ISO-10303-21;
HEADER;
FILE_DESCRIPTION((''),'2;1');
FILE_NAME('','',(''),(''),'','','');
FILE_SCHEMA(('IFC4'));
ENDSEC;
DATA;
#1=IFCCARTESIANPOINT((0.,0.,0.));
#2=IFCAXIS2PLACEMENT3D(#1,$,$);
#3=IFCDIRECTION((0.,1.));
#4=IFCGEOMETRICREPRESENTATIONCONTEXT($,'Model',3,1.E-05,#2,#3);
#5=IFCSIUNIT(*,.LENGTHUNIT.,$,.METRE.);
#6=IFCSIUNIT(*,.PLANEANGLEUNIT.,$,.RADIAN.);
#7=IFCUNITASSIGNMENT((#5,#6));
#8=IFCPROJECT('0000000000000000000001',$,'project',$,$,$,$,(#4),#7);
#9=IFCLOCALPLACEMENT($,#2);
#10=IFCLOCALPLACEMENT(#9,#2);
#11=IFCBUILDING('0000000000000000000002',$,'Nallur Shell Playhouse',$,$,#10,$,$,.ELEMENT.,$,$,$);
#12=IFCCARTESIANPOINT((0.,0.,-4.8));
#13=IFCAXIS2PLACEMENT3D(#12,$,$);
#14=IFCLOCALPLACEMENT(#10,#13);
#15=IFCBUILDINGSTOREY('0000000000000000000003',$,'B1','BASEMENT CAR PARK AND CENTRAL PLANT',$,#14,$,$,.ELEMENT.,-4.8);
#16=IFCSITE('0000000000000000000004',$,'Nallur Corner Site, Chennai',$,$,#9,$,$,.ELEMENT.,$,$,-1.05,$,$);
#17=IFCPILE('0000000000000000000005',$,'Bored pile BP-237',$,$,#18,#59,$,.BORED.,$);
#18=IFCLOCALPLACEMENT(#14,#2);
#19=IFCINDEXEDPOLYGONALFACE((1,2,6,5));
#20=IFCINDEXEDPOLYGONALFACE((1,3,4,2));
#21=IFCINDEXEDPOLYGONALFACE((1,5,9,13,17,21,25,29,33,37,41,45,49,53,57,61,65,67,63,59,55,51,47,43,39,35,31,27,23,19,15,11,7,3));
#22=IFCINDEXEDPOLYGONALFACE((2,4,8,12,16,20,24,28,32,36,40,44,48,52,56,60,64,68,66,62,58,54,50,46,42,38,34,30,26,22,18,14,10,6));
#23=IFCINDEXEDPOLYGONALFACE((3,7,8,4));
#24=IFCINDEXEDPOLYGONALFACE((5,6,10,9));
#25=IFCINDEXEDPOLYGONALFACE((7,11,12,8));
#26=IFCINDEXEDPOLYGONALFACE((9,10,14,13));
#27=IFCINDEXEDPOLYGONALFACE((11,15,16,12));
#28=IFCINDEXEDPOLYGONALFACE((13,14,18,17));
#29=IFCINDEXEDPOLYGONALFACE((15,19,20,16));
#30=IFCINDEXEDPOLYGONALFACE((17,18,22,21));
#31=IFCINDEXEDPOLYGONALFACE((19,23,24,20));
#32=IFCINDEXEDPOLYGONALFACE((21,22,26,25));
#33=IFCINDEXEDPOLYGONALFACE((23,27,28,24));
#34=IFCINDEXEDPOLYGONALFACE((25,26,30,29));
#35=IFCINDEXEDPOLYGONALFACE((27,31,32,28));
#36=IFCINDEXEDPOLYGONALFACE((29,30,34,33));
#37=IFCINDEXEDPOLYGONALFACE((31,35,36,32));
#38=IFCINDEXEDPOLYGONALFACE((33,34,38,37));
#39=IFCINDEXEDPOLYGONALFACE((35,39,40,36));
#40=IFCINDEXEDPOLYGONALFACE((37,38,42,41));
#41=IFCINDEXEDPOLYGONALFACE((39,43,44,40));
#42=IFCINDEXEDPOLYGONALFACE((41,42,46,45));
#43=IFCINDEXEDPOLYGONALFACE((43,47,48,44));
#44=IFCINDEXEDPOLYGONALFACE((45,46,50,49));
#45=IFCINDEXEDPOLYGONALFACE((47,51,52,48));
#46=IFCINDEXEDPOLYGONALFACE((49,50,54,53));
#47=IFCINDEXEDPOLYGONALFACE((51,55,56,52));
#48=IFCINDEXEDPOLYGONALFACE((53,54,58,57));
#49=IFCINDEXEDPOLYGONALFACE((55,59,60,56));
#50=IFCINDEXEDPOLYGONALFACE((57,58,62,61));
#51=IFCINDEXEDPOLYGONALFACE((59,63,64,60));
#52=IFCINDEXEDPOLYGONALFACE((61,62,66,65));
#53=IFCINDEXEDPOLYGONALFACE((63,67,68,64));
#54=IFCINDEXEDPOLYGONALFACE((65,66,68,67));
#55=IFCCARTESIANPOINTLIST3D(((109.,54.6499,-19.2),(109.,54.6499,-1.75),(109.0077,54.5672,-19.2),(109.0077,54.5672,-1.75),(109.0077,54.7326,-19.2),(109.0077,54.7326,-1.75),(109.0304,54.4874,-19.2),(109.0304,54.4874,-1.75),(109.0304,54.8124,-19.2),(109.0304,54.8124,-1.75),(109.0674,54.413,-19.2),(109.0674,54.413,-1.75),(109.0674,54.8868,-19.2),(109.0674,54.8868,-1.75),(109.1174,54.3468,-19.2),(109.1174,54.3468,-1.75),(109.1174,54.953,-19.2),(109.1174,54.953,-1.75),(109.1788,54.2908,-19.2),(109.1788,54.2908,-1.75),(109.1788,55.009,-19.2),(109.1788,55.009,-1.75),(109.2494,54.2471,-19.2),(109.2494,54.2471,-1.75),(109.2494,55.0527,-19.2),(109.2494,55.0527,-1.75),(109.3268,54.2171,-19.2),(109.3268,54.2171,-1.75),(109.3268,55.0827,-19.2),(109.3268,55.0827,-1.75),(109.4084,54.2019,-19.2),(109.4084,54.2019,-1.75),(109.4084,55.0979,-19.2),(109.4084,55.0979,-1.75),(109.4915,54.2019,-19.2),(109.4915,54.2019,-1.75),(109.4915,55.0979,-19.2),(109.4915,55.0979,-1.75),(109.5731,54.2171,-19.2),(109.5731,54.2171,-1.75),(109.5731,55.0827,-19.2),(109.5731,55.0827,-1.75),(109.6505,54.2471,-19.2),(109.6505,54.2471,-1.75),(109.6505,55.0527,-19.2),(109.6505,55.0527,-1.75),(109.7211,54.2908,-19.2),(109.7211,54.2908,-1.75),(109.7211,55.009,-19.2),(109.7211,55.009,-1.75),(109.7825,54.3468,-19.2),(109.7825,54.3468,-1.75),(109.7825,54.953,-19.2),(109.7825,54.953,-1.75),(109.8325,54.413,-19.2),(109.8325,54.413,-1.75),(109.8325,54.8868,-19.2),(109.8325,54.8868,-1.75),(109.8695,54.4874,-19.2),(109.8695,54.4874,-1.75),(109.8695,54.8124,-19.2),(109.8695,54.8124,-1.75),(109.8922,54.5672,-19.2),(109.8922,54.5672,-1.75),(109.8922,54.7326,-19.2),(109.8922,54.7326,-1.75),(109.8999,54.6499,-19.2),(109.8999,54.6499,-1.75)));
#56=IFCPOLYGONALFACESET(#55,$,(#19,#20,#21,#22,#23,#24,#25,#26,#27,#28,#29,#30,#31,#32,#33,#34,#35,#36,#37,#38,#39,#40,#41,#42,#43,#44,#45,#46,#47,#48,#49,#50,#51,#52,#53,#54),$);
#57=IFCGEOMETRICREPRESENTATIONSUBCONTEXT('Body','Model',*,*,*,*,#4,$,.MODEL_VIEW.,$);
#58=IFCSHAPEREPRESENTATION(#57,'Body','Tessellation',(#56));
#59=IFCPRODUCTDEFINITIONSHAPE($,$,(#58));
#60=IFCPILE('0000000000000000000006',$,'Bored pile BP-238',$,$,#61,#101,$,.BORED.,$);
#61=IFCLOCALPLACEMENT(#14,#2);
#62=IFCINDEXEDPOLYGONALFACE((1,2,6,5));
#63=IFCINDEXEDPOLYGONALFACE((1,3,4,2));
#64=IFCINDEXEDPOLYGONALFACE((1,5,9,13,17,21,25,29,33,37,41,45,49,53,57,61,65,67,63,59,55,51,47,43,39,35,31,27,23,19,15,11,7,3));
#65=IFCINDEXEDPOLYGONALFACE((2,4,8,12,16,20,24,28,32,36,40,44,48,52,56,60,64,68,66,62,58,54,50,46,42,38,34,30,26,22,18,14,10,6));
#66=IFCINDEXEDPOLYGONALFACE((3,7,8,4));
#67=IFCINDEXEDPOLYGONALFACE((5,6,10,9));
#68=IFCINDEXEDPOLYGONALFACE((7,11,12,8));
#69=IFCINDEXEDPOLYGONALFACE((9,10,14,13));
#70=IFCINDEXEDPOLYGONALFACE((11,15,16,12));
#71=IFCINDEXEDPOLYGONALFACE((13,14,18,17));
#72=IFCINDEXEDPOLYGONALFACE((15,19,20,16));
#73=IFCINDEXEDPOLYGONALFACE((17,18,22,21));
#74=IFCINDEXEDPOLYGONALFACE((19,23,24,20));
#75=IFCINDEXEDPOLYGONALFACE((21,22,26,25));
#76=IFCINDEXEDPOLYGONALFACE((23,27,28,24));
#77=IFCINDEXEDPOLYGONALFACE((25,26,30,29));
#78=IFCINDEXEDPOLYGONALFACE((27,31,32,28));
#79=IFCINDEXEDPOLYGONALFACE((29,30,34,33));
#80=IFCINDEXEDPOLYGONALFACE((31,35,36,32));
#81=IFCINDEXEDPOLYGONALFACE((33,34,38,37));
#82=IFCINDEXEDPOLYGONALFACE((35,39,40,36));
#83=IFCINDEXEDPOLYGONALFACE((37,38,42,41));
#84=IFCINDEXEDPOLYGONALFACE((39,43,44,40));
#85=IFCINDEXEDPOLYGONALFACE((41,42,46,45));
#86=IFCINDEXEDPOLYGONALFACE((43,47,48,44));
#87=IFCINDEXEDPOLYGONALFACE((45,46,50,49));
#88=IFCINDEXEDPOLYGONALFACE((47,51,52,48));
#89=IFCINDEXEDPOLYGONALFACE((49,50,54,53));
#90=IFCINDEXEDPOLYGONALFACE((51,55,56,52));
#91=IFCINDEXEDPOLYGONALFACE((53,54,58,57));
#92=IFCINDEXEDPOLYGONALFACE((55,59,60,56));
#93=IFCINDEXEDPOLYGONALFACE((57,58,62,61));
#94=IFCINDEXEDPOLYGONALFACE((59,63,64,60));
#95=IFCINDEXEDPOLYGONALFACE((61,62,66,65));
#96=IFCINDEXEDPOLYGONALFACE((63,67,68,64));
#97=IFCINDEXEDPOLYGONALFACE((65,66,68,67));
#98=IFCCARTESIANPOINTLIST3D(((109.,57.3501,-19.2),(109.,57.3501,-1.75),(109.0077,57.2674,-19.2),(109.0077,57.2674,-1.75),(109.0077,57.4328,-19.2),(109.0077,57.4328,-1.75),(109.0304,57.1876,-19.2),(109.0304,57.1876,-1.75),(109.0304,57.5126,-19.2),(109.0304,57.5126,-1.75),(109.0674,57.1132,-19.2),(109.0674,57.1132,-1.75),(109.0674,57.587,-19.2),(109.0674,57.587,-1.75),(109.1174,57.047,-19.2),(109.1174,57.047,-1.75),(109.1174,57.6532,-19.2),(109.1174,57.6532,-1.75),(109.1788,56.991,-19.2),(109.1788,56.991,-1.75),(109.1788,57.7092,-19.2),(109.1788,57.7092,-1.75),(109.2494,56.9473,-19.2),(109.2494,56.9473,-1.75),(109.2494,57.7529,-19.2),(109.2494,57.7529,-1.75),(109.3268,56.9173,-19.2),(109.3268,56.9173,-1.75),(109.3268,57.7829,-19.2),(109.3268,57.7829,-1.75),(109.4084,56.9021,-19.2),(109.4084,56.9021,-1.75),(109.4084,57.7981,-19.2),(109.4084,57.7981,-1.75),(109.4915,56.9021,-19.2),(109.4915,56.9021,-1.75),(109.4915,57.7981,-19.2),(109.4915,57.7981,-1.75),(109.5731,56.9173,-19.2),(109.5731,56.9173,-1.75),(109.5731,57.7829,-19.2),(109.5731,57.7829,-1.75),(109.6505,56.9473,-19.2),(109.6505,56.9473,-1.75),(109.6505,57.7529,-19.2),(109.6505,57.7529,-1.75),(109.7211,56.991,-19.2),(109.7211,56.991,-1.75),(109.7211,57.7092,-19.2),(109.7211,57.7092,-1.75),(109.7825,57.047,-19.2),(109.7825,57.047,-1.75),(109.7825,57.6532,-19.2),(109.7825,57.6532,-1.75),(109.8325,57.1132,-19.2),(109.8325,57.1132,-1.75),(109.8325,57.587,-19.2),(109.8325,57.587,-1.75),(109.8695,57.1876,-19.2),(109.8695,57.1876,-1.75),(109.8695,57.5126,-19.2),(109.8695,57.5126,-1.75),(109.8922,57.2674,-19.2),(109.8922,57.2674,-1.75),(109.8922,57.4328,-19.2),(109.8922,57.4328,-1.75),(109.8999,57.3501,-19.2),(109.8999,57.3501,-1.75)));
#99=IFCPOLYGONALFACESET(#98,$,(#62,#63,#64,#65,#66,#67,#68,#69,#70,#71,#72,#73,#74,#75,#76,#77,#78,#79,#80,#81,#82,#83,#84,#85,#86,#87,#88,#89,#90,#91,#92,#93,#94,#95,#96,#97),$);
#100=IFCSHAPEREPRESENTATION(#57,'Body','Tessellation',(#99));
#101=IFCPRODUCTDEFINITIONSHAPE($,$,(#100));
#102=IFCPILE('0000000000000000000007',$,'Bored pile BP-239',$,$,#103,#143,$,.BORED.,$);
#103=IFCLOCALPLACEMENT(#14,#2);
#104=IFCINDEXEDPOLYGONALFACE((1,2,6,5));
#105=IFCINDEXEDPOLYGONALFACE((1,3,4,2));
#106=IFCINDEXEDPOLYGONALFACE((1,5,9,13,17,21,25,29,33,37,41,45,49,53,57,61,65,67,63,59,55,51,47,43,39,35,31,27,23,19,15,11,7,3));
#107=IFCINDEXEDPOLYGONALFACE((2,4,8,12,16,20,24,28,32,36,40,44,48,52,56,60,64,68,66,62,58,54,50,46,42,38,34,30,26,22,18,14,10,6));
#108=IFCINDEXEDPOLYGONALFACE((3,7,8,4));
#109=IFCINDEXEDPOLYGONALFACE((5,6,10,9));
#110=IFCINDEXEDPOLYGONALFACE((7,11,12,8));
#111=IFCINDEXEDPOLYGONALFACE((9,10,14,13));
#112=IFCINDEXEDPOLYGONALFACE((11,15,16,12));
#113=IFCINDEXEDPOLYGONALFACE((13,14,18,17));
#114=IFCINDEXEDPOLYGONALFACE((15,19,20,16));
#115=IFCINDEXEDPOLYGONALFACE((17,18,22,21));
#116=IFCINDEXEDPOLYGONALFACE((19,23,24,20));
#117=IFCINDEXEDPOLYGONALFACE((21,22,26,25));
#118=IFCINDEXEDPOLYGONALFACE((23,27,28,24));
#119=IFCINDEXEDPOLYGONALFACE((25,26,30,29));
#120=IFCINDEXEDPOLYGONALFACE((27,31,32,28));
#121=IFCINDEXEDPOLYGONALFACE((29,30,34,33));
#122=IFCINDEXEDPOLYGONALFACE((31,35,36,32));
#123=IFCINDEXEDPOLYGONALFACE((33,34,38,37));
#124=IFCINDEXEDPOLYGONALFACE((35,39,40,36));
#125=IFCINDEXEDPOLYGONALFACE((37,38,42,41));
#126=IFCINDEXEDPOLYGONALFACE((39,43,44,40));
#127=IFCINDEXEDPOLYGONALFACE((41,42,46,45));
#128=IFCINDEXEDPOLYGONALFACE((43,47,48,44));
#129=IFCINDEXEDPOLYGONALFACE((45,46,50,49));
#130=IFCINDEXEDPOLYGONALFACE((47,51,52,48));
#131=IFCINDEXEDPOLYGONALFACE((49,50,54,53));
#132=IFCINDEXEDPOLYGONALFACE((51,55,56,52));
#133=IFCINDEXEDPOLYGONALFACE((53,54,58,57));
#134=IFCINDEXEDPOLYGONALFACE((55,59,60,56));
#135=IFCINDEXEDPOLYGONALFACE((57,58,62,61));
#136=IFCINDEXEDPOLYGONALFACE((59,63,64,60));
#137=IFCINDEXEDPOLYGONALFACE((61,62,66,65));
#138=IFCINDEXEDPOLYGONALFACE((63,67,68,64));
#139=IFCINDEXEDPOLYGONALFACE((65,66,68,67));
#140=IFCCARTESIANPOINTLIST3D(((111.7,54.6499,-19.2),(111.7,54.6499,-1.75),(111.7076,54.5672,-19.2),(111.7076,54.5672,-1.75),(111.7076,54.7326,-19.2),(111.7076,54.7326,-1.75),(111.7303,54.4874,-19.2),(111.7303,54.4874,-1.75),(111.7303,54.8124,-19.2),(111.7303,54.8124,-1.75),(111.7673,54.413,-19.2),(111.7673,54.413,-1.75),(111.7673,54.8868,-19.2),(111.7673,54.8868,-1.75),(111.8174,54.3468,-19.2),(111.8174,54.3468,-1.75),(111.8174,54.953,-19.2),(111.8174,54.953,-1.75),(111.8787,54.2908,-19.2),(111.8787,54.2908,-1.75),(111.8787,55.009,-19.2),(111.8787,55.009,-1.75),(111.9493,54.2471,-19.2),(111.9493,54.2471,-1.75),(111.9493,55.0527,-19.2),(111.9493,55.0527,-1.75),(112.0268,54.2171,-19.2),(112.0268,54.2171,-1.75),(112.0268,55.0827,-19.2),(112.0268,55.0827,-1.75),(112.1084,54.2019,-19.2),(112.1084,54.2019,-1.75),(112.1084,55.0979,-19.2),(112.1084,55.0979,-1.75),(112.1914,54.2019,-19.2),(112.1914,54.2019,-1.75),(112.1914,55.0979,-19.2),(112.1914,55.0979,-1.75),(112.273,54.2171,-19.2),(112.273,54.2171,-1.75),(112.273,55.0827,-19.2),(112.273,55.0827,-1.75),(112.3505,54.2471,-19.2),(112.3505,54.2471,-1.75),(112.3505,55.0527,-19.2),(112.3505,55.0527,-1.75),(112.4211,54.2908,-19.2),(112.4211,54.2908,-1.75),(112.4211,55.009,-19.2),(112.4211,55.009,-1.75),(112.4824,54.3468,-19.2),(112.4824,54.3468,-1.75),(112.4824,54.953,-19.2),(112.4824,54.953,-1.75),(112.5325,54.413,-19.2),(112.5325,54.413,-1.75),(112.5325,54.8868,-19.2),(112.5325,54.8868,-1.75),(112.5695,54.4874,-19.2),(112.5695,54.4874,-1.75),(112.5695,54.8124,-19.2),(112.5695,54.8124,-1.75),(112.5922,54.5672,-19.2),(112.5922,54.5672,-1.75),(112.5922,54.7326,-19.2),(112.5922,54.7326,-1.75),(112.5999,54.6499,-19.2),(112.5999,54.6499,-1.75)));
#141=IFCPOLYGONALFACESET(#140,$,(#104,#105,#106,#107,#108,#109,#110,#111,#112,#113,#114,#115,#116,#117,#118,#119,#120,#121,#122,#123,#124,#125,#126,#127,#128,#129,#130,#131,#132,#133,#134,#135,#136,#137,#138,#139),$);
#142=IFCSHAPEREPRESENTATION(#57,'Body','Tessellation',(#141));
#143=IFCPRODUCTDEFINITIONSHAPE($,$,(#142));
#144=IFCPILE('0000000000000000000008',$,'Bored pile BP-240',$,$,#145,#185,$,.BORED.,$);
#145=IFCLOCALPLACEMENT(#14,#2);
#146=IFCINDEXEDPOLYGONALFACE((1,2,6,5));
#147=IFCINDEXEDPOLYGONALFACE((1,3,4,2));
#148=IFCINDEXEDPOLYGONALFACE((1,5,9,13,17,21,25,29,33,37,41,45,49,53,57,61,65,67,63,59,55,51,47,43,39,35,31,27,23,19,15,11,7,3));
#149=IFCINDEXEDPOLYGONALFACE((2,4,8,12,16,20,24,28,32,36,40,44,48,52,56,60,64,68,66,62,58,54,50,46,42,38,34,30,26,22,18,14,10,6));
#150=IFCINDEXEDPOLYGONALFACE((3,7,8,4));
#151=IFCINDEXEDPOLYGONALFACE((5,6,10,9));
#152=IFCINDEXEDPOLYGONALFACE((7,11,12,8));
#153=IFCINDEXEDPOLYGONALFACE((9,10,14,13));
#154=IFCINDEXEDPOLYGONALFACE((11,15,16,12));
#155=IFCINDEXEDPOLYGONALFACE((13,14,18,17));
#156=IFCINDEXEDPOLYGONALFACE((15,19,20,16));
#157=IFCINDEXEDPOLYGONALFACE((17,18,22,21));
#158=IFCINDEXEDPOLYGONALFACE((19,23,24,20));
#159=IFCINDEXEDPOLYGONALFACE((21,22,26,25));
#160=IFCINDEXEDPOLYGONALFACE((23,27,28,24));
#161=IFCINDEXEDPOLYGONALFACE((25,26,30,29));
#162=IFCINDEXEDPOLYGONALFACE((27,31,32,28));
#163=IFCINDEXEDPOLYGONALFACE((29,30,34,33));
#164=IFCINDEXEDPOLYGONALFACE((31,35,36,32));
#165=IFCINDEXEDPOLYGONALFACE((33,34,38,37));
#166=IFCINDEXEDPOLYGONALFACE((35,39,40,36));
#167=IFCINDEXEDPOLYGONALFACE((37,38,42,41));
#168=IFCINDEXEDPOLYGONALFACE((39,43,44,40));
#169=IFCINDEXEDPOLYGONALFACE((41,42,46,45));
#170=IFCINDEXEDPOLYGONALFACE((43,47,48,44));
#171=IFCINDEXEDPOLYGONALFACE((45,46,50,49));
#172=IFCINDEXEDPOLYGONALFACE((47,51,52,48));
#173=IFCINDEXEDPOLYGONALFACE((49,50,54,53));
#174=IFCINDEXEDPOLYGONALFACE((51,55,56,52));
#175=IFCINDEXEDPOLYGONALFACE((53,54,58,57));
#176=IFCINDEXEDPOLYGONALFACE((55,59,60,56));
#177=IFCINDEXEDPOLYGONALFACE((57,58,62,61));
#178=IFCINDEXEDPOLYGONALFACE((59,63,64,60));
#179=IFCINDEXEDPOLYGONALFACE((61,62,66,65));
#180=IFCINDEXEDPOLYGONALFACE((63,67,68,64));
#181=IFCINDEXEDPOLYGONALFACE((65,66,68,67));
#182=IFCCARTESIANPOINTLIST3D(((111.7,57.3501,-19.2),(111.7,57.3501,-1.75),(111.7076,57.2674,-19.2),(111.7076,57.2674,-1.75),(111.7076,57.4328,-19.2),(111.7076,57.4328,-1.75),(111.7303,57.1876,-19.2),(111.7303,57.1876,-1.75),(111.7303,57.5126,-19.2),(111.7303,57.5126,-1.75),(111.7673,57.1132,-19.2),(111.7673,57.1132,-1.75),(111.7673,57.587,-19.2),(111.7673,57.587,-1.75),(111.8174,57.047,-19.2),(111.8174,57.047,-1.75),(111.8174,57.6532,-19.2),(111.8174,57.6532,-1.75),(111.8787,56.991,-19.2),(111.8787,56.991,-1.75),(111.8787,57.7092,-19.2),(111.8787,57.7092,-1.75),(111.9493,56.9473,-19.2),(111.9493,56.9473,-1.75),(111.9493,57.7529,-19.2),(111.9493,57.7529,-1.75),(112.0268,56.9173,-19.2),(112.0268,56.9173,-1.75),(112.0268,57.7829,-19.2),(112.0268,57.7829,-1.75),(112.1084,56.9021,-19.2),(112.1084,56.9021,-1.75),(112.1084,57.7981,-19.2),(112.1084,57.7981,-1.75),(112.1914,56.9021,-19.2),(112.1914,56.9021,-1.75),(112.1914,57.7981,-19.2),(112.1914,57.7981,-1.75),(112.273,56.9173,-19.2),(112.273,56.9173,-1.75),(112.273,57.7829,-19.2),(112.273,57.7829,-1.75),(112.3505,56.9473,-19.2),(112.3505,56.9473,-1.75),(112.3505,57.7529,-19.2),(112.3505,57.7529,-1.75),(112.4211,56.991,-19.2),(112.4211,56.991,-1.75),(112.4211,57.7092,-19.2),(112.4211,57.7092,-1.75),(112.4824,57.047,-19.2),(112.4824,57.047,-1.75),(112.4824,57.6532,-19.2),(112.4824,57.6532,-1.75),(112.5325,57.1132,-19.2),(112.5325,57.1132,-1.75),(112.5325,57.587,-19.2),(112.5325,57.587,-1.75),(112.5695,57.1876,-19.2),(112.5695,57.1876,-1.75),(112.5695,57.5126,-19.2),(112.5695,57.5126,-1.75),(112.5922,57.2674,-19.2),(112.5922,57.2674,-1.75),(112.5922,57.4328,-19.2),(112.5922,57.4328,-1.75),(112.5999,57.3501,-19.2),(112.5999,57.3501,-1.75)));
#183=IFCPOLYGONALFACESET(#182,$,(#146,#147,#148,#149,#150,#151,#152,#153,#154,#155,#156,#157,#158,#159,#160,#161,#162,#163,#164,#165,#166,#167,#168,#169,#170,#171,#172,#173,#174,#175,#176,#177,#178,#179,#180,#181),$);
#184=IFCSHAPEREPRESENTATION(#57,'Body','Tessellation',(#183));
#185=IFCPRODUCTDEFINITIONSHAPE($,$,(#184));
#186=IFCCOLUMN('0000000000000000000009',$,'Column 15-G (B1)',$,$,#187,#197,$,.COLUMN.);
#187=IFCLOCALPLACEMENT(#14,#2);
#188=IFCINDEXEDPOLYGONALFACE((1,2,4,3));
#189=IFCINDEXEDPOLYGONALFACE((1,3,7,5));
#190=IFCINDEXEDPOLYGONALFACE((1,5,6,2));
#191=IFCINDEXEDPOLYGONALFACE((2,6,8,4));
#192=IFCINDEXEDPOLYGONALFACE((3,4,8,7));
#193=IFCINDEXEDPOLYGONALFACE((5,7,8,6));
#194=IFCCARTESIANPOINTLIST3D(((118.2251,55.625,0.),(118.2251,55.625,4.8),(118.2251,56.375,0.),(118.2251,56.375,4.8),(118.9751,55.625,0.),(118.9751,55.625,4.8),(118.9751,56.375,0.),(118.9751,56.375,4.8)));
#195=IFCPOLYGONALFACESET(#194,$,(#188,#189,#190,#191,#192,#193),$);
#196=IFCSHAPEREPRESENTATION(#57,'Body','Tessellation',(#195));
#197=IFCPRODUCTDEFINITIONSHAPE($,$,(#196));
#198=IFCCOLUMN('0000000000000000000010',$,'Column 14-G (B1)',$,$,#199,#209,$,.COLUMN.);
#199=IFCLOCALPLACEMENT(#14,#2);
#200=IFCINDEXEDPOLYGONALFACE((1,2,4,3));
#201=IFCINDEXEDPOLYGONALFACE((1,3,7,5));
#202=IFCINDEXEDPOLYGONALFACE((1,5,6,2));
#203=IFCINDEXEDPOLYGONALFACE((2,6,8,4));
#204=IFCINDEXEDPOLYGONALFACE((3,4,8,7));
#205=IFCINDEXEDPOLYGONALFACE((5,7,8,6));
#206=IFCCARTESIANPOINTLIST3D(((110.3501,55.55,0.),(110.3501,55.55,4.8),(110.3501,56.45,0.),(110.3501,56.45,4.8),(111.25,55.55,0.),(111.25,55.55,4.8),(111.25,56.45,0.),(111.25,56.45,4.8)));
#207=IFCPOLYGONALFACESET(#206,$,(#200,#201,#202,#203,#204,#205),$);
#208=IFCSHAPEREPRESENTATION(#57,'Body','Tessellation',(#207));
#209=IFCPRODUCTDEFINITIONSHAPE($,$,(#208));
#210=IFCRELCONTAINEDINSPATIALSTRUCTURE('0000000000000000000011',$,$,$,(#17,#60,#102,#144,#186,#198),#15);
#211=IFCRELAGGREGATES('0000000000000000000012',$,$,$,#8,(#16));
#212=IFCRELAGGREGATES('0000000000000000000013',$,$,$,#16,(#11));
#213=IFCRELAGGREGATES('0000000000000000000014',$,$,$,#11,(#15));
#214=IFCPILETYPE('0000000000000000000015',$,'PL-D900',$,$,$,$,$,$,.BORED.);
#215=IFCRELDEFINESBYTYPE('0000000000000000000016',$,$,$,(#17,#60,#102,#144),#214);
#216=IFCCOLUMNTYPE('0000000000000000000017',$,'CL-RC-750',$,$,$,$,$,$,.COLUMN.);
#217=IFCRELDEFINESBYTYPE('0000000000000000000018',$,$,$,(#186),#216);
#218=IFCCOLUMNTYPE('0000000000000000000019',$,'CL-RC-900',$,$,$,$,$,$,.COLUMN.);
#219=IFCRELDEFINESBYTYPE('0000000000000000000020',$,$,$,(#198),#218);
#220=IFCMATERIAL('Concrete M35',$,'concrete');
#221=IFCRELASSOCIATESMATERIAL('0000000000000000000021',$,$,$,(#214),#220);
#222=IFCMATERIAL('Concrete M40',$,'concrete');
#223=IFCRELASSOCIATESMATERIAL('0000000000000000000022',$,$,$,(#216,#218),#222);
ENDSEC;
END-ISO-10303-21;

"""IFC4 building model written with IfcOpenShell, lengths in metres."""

from ifc_helpers import new_model, si_unit, direction, frame, origin, origin_2d, place, context, subcontext, project, spatial, rectangle, circle, extrude, material, material_profile, profile_set, type_object, element, save


model = new_model("IFC4")

# Units and contexts
model_context = context("Model", 3, precision=1e-05, world=origin(), true_north=direction((0.0, 1.0)))
body_context = subcontext(model_context, "Body", "Model", "MODEL_VIEW")
ifc_project = project(units=[si_unit("LENGTHUNIT", "METRE"), si_unit("PLANEANGLEUNIT", "RADIAN")], contexts=[model_context])

# Site, building, storey
site_placement = place(None, origin())
site = spatial("IfcSite", under=ifc_project, at=site_placement, Name="Nallur Corner Site, Chennai", CompositionType="ELEMENT", RefElevation=-1.05)
building_placement = place(site_placement, origin())
building = spatial("IfcBuilding", under=site, at=building_placement, Name="Nallur Shell Playhouse", CompositionType="ELEMENT")
storey_placement = place(building_placement, frame((0.0, 0.0, -4.8)))
storey = spatial("IfcBuildingStorey", under=building, at=storey_placement, Name="B1", Description="BASEMENT CAR PARK AND CENTRAL PLANT", CompositionType="ELEMENT", Elevation=-4.8)

# Shared definitions
ifc_material_1 = material(Name="Concrete M35", Category="concrete")

# Piles
ifc_material_profile_1 = material_profile(ifc_material_1, circle(Radius=0.45, at=origin_2d()), Name="BORED PILE D900")
ifc_profile_set_1 = profile_set([ifc_material_profile_1], Name="Concrete M35")
pile_type_1 = type_object("IfcPileType", Name="PL-D900", PredefinedType="BORED", material=ifc_profile_set_1)
for number, where, z_axis, x_axis, name in (
    (1, (109.45, 54.6499, -1.75), (0.0, 0.0, -1.0), (1.0, 0.0, 0.0), "Bored pile BP-237"),
    (2, (109.45, 57.3501, -1.75), (0.0, 0.0, -1.0), (1.0, 0.0, 0.0), "Bored pile BP-238"),
    (3, (112.1499, 54.6499, -1.75), (0.0, 0.0, -1.0), (1.0, 0.0, 0.0), "Bored pile BP-239"),
    (4, (112.1499, 57.3501, -1.75), (0.0, 0.0, -1.0), (1.0, 0.0, 0.0), "Bored pile BP-240"),
):
    element("IfcPile", number, at=place(storey_placement, frame(where, z_axis=z_axis, x_axis=x_axis)), inside=storey, type_object=pile_type_1, Name=name, PredefinedType="BORED", context=body_context, shape_type="SweptSolid", body=[
        extrude(circle(Radius=0.45, at=origin_2d()), origin(), (0.0, 0.0, 1.0), 17.45),
    ])

# Columns
ifc_material_2 = material(Name="Concrete M40", Category="concrete")
ifc_material_profile_2 = material_profile(ifc_material_2, rectangle(XDim=0.75, YDim=0.75, at=origin_2d()), Name="RC 750x750")
ifc_profile_set_2 = profile_set([ifc_material_profile_2], Name="Concrete M40")
column_type_1 = type_object("IfcColumnType", Name="CL-RC-750", PredefinedType="COLUMN", material=ifc_profile_set_2)
column_1_placement = place(storey_placement, frame((118.6001, 56.0, 0.0), z_axis=(0.0, 0.0, 1.0), x_axis=(1.0, 0.0, 0.0)))
element("IfcColumn", 5, at=column_1_placement, inside=storey, type_object=column_type_1, Name="Column 15-G (B1)", PredefinedType="COLUMN", context=body_context, shape_type="SweptSolid", body=[
    extrude(rectangle(XDim=0.75, YDim=0.75, at=origin_2d()), origin(), (0.0, 0.0, 1.0), 4.8),
])
ifc_material_profile_3 = material_profile(ifc_material_2, rectangle(XDim=0.8999, YDim=0.8999, at=origin_2d()), Name="RC 900x900")
ifc_profile_set_3 = profile_set([ifc_material_profile_3], Name="Concrete M40")
column_type_2 = type_object("IfcColumnType", Name="CL-RC-900", PredefinedType="COLUMN", material=ifc_profile_set_3)
column_2_placement = place(storey_placement, frame((110.8, 56.0, 0.0), z_axis=(0.0, 0.0, 1.0), x_axis=(1.0, 0.0, 0.0)))
element("IfcColumn", 6, at=column_2_placement, inside=storey, type_object=column_type_2, Name="Column 14-G (B1)", PredefinedType="COLUMN", context=body_context, shape_type="SweptSolid", body=[
    extrude(rectangle(XDim=0.8999, YDim=0.8999, at=origin_2d()), origin(), (0.0, 0.0, 1.0), 4.8),
])

save(model, "model.ifc")
